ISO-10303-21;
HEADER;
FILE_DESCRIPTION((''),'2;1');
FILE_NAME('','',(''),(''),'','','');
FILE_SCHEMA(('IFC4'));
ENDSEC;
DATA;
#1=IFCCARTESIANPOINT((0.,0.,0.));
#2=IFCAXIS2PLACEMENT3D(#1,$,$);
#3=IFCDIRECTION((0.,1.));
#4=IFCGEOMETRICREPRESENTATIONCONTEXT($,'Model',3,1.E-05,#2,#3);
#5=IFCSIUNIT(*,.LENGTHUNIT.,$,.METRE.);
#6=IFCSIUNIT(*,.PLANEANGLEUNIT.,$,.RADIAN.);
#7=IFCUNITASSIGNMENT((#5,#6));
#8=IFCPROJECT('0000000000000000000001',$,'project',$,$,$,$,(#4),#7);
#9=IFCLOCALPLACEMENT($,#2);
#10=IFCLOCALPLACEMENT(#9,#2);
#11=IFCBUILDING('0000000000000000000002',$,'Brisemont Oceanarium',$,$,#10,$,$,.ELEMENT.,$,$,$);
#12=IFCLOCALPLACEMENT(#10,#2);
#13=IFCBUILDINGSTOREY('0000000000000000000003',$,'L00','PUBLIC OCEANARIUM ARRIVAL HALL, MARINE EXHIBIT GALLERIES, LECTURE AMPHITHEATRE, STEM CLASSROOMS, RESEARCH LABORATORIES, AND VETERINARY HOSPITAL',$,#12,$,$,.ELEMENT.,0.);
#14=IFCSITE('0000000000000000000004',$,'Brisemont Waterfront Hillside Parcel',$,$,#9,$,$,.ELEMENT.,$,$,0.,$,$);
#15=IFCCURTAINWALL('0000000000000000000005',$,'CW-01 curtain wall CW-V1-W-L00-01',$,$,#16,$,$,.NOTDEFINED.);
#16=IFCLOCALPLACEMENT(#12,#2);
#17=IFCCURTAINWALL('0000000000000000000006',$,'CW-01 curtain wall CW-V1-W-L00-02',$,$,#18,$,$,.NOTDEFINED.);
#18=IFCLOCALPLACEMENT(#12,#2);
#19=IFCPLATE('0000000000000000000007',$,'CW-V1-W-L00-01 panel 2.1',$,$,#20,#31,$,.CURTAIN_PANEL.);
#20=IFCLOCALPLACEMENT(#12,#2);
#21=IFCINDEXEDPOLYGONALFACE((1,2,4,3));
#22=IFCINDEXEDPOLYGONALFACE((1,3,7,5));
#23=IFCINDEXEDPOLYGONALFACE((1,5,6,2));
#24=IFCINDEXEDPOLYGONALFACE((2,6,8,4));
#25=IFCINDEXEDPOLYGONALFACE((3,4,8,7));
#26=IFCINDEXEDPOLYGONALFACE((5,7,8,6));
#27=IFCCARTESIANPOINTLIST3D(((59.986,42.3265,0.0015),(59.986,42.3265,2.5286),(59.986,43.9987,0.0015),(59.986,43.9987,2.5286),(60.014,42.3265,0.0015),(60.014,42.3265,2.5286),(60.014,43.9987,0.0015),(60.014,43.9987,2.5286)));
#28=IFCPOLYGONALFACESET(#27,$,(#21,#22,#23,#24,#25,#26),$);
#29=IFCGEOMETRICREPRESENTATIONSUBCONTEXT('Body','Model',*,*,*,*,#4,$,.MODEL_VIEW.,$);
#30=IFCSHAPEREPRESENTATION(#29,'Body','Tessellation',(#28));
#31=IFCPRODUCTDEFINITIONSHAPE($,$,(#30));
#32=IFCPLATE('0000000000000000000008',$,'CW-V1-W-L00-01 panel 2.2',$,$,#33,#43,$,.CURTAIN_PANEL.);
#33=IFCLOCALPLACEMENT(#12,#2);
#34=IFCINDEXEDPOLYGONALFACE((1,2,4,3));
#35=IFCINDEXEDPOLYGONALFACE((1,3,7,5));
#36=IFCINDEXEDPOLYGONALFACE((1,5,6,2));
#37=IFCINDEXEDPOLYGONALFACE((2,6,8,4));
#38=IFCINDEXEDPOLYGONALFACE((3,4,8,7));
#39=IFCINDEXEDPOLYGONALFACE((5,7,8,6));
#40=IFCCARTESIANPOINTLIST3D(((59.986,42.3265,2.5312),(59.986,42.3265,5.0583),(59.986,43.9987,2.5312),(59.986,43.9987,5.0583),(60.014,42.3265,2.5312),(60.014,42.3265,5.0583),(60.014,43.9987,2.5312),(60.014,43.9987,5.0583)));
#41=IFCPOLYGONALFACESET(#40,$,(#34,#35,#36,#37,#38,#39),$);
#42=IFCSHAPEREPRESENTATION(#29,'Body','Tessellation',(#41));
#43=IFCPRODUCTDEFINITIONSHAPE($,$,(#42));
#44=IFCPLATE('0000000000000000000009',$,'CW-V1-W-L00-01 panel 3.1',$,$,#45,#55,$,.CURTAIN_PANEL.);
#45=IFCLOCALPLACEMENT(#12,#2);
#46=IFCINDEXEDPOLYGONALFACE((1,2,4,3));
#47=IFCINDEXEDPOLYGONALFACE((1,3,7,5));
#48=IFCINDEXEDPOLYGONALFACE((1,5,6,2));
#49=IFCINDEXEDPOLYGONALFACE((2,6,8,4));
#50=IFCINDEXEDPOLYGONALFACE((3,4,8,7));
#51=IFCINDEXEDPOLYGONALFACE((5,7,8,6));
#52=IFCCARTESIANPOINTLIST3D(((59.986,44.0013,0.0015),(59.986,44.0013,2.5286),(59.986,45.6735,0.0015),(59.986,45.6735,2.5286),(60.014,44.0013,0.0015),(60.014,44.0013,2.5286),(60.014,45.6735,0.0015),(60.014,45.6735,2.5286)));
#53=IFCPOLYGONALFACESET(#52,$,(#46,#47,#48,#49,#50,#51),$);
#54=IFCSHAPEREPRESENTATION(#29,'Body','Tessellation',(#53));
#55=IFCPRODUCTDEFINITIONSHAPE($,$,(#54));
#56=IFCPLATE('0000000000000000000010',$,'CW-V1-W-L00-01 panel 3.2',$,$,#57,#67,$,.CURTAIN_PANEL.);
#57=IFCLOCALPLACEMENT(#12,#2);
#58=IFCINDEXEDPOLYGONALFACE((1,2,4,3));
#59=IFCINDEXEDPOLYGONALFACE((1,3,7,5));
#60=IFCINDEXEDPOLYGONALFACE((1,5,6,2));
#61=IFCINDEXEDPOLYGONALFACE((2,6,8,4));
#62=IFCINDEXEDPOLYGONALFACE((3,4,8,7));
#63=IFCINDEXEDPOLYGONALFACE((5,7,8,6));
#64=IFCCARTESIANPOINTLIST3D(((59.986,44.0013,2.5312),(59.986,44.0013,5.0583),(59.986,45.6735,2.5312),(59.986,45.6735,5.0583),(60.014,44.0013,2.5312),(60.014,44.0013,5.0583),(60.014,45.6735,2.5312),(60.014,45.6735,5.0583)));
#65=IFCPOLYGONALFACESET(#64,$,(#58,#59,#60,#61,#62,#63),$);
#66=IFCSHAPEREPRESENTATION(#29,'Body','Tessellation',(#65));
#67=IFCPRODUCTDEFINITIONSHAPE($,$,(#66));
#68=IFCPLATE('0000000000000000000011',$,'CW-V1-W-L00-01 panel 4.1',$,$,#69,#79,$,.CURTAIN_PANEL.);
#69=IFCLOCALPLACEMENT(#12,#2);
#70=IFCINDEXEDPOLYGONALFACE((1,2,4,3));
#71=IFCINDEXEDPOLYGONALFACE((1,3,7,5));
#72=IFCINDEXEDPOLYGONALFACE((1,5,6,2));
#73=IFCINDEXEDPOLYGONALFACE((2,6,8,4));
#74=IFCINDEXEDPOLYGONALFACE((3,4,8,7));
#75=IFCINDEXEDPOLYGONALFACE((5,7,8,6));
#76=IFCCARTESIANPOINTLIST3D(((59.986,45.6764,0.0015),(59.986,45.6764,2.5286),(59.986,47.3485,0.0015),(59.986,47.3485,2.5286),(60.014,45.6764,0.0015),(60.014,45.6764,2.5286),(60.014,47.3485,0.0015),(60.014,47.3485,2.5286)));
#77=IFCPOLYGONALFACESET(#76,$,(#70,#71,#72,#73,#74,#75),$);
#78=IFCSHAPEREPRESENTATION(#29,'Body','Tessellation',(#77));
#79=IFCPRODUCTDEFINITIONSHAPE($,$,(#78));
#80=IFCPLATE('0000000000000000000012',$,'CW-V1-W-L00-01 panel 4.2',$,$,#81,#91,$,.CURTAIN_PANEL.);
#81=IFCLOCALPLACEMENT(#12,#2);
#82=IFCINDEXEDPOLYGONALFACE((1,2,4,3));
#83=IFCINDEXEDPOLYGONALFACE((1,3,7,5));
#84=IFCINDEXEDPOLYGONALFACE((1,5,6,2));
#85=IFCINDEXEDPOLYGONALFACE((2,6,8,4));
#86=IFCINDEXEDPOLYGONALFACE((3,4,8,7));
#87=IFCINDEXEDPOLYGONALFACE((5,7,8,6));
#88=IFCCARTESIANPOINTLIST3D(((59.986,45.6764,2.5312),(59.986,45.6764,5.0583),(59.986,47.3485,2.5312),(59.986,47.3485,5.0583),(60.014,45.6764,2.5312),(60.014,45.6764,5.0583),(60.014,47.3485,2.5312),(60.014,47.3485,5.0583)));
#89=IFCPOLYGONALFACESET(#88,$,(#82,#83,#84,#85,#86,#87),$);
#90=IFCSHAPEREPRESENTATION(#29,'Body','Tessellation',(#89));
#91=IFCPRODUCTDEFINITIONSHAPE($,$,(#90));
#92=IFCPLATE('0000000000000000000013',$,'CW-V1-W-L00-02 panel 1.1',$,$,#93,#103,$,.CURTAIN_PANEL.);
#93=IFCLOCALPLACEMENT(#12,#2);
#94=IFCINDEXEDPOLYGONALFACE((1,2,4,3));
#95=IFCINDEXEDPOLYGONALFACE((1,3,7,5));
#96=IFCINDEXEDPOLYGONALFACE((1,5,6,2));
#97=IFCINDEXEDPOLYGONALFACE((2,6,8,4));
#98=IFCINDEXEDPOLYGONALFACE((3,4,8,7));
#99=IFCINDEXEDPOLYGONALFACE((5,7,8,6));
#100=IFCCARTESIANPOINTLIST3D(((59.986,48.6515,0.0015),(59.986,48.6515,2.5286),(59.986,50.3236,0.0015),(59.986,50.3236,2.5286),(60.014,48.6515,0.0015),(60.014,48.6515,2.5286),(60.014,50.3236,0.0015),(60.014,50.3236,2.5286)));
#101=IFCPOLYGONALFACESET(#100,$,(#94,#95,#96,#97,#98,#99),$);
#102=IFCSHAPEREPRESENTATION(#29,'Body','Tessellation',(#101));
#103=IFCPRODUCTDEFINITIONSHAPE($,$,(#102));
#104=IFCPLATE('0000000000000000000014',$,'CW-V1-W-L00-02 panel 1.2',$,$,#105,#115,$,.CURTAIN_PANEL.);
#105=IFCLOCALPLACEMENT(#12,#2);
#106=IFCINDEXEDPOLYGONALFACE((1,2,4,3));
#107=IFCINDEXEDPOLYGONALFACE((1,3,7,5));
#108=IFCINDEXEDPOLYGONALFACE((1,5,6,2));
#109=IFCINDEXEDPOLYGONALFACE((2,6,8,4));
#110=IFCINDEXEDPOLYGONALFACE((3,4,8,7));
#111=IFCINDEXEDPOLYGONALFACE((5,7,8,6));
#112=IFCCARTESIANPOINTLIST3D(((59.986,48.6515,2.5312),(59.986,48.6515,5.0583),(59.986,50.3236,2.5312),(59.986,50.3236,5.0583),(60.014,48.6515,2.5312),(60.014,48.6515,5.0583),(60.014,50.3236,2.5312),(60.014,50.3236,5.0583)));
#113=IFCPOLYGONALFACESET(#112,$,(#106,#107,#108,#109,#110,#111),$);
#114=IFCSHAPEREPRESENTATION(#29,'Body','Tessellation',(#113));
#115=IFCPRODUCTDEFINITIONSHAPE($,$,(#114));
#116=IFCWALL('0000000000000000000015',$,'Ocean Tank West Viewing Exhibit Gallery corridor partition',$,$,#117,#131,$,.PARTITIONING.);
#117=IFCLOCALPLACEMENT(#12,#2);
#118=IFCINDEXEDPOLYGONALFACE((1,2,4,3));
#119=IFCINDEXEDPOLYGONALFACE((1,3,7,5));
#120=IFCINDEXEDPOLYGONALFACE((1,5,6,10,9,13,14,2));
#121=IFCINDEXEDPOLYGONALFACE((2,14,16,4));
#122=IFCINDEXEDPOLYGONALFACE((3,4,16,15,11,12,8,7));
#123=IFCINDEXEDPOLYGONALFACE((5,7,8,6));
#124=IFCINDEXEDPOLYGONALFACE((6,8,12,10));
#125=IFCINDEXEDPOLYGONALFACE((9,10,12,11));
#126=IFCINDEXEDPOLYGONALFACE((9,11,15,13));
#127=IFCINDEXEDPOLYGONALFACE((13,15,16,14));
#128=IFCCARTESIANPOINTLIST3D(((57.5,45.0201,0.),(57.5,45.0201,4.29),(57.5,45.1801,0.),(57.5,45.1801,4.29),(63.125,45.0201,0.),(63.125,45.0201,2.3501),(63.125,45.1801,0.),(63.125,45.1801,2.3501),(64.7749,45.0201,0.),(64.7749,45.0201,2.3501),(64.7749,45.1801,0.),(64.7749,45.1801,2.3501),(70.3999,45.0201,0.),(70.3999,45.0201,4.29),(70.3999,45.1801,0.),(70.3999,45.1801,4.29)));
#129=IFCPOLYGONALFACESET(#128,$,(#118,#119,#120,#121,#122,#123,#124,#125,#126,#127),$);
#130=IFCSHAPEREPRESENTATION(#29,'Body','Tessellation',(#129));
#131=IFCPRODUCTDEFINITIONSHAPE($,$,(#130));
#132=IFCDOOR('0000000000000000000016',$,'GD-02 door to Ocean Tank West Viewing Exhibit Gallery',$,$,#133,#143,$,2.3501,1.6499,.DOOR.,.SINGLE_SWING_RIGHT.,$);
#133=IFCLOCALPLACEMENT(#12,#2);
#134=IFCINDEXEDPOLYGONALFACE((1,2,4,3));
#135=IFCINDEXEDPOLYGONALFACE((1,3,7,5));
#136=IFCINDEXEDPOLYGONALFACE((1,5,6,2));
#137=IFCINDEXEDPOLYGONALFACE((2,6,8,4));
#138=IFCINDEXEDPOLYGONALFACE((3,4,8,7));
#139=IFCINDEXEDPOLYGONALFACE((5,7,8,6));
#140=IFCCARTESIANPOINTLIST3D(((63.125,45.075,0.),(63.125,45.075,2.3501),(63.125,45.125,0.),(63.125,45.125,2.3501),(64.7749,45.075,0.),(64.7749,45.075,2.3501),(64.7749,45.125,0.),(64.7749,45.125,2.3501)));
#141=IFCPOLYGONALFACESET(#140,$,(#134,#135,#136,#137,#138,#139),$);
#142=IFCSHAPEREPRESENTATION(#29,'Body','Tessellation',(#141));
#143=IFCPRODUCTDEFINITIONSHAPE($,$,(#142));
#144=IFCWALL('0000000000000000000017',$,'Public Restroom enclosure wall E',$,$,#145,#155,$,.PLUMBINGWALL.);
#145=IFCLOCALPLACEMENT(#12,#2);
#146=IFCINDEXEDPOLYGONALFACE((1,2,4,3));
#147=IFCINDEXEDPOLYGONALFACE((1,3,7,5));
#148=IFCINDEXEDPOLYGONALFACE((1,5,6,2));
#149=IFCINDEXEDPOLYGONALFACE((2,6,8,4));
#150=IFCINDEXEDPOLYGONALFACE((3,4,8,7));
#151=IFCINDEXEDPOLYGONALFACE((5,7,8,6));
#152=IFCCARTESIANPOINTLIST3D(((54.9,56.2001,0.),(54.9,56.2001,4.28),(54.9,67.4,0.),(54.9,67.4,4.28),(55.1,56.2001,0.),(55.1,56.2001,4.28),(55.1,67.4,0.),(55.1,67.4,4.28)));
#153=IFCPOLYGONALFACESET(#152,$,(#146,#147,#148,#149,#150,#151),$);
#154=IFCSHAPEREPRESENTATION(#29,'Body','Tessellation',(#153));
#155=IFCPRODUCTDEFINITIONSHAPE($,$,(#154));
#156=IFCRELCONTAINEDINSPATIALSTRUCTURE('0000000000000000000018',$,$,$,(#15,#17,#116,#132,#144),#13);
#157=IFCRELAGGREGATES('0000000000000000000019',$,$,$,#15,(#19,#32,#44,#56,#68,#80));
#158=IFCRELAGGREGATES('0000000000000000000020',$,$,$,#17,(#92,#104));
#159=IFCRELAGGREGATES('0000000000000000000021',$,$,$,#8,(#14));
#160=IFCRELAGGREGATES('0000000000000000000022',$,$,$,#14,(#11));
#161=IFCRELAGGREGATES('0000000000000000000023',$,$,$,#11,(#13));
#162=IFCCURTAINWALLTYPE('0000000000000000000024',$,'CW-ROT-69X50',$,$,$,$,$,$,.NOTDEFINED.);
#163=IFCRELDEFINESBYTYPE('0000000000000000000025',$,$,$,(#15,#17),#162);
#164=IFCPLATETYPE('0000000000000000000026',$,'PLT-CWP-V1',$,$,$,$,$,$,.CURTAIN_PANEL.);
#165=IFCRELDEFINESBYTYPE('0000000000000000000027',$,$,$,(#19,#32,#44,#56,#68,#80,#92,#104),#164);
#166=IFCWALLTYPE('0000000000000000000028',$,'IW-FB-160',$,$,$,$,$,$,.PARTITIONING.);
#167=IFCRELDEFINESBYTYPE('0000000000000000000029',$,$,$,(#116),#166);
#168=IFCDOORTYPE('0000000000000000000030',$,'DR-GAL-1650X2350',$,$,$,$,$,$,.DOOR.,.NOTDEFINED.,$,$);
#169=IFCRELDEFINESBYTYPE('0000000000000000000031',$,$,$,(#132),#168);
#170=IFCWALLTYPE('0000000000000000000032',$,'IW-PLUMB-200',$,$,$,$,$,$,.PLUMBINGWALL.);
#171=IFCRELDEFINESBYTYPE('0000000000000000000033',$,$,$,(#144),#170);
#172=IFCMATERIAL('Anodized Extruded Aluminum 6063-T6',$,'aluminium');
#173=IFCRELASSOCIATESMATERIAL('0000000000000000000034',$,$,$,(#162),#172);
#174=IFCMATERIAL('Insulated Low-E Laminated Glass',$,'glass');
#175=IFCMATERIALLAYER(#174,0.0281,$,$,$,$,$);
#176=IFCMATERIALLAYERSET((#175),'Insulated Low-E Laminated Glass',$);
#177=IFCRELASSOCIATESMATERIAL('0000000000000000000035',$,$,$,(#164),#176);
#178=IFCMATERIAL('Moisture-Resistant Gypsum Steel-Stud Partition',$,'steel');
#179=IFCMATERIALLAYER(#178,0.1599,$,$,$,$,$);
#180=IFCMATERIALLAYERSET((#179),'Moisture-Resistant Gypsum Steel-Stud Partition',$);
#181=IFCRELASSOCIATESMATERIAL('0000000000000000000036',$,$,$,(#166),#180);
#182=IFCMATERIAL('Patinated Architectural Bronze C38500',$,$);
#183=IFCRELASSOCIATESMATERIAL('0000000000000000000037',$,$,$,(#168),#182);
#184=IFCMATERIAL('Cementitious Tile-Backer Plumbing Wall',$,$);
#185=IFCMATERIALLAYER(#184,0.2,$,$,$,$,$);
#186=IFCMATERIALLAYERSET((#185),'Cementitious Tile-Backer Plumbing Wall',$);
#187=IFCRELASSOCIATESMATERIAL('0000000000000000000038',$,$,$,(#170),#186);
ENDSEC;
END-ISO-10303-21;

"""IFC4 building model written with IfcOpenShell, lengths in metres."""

from ifc_helpers import new_model, si_unit, direction, frame, frame_2d, origin, origin_2d, place, context, subcontext, project, spatial, rectangle, extrude, material, layer, layer_set, type_object, element, fill, aggregate, save


model = new_model("IFC4")

# Units and contexts
model_context = context("Model", 3, precision=1e-05, world=origin(), true_north=direction((0.0, 1.0)))
body_context = subcontext(model_context, "Body", "Model", "MODEL_VIEW")
ifc_project = project(units=[si_unit("LENGTHUNIT", "METRE"), si_unit("PLANEANGLEUNIT", "RADIAN")], contexts=[model_context])

# Site, building, storey
site_placement = place(None, origin())
site = spatial("IfcSite", under=ifc_project, at=site_placement, Name="Brisemont Waterfront Hillside Parcel", CompositionType="ELEMENT", RefElevation=0.0)
building_placement = place(site_placement, origin())
building = spatial("IfcBuilding", under=site, at=building_placement, Name="Brisemont Oceanarium", CompositionType="ELEMENT")
storey_placement = place(building_placement, origin())
storey = spatial("IfcBuildingStorey", under=building, at=storey_placement, Name="L00", Description="PUBLIC OCEANARIUM ARRIVAL HALL, MARINE EXHIBIT GALLERIES, LECTURE AMPHITHEATRE, STEM CLASSROOMS, RESEARCH LABORATORIES, AND VETERINARY HOSPITAL", CompositionType="ELEMENT", Elevation=0.0)

# Curtain walls
ifc_material_1 = material(Name="Anodized Extruded Aluminum 6063-T6", Category="aluminium")
curtain_wall_type = type_object("IfcCurtainWallType", Name="CW-ROT-69X50", PredefinedType="NOTDEFINED", material=ifc_material_1)
curtain_wall_1_placement = place(storey_placement, origin())
curtain_wall_1 = element("IfcCurtainWall", 1, at=curtain_wall_1_placement, inside=storey, type_object=curtain_wall_type, Name="CW-01 curtain wall CW-V1-W-L00-01", PredefinedType="NOTDEFINED")
curtain_wall_2_placement = place(storey_placement, origin())
curtain_wall_2 = element("IfcCurtainWall", 2, at=curtain_wall_2_placement, inside=storey, type_object=curtain_wall_type, Name="CW-01 curtain wall CW-V1-W-L00-02", PredefinedType="NOTDEFINED")

# Plates
ifc_material_2 = material(Name="Insulated Low-E Laminated Glass", Category="glass")
ifc_layer_1 = layer(ifc_material_2, 0.0281)
ifc_layer_set_1 = layer_set([ifc_layer_1], Name="Insulated Low-E Laminated Glass")
plate_type = type_object("IfcPlateType", Name="PLT-CWP-V1", PredefinedType="CURTAIN_PANEL", material=ifc_layer_set_1)
plate_1_placement = place(storey_placement, frame((60.0, 43.1626, 0.0015), z_axis=(0.0, 0.0, 1.0), x_axis=(0.0, 1.0, 0.0)))
plate_1 = element("IfcPlate", 3, at=plate_1_placement, type_object=plate_type, Name="CW-V1-W-L00-01 panel 2.1", PredefinedType="CURTAIN_PANEL", context=body_context, shape_type="SweptSolid", body=[
    extrude(rectangle(XDim=1.6721, YDim=0.0281, at=origin_2d()), origin(), (0.0, 0.0, 1.0), 2.5271),
])
plate_2_placement = place(storey_placement, frame((60.0, 43.1626, 2.5312), z_axis=(0.0, 0.0, 1.0), x_axis=(0.0, 1.0, 0.0)))
plate_2 = element("IfcPlate", 4, at=plate_2_placement, type_object=plate_type, Name="CW-V1-W-L00-01 panel 2.2", PredefinedType="CURTAIN_PANEL", context=body_context, shape_type="SweptSolid", body=[
    extrude(rectangle(XDim=1.6721, YDim=0.0281, at=origin_2d()), origin(), (0.0, 0.0, 1.0), 2.5271),
])
plate_3_placement = place(storey_placement, frame((60.0, 44.8374, 0.0015), z_axis=(0.0, 0.0, 1.0), x_axis=(0.0, 1.0, 0.0)))
plate_3 = element("IfcPlate", 5, at=plate_3_placement, type_object=plate_type, Name="CW-V1-W-L00-01 panel 3.1", PredefinedType="CURTAIN_PANEL", context=body_context, shape_type="SweptSolid", body=[
    extrude(rectangle(XDim=1.6721, YDim=0.0281, at=origin_2d()), origin(), (0.0, 0.0, 1.0), 2.5271),
])
plate_4_placement = place(storey_placement, frame((60.0, 44.8374, 2.5312), z_axis=(0.0, 0.0, 1.0), x_axis=(0.0, 1.0, 0.0)))
plate_4 = element("IfcPlate", 6, at=plate_4_placement, type_object=plate_type, Name="CW-V1-W-L00-01 panel 3.2", PredefinedType="CURTAIN_PANEL", context=body_context, shape_type="SweptSolid", body=[
    extrude(rectangle(XDim=1.6721, YDim=0.0281, at=origin_2d()), origin(), (0.0, 0.0, 1.0), 2.5271),
])
plate_5_placement = place(storey_placement, frame((60.0, 46.5125, 0.0015), z_axis=(0.0, 0.0, 1.0), x_axis=(0.0, 1.0, 0.0)))
plate_5 = element("IfcPlate", 7, at=plate_5_placement, type_object=plate_type, Name="CW-V1-W-L00-01 panel 4.1", PredefinedType="CURTAIN_PANEL", context=body_context, shape_type="SweptSolid", body=[
    extrude(rectangle(XDim=1.6721, YDim=0.0281, at=origin_2d()), origin(), (0.0, 0.0, 1.0), 2.5271),
])
plate_6_placement = place(storey_placement, frame((60.0, 46.5125, 2.5312), z_axis=(0.0, 0.0, 1.0), x_axis=(0.0, 1.0, 0.0)))
plate_6 = element("IfcPlate", 8, at=plate_6_placement, type_object=plate_type, Name="CW-V1-W-L00-01 panel 4.2", PredefinedType="CURTAIN_PANEL", context=body_context, shape_type="SweptSolid", body=[
    extrude(rectangle(XDim=1.6721, YDim=0.0281, at=origin_2d()), origin(), (0.0, 0.0, 1.0), 2.5271),
])
aggregate(curtain_wall_1, [plate_1, plate_2, plate_3, plate_4, plate_5, plate_6])
plate_7_placement = place(storey_placement, frame((60.0, 49.4875, 0.0015), z_axis=(0.0, 0.0, 1.0), x_axis=(0.0, 1.0, 0.0)))
plate_7 = element("IfcPlate", 9, at=plate_7_placement, type_object=plate_type, Name="CW-V1-W-L00-02 panel 1.1", PredefinedType="CURTAIN_PANEL", context=body_context, shape_type="SweptSolid", body=[
    extrude(rectangle(XDim=1.6721, YDim=0.0281, at=origin_2d()), origin(), (0.0, 0.0, 1.0), 2.5271),
])
plate_8_placement = place(storey_placement, frame((60.0, 49.4875, 2.5312), z_axis=(0.0, 0.0, 1.0), x_axis=(0.0, 1.0, 0.0)))
plate_8 = element("IfcPlate", 10, at=plate_8_placement, type_object=plate_type, Name="CW-V1-W-L00-02 panel 1.2", PredefinedType="CURTAIN_PANEL", context=body_context, shape_type="SweptSolid", body=[
    extrude(rectangle(XDim=1.6721, YDim=0.0281, at=origin_2d()), origin(), (0.0, 0.0, 1.0), 2.5271),
])
aggregate(curtain_wall_2, [plate_7, plate_8])

# Wall, opening, door
ifc_material_3 = material(Name="Moisture-Resistant Gypsum Steel-Stud Partition", Category="steel")
ifc_layer_2 = layer(ifc_material_3, 0.1599)
ifc_layer_set_2 = layer_set([ifc_layer_2], Name="Moisture-Resistant Gypsum Steel-Stud Partition")
wall_type_1 = type_object("IfcWallType", Name="IW-FB-160", PredefinedType="PARTITIONING", material=ifc_layer_set_2)
wall_1_placement = place(storey_placement, frame((57.5, 45.1001, 0.0), z_axis=(0.0, 0.0, 1.0), x_axis=(1.0, 0.0, 0.0)))
wall_1 = element("IfcWall", 11, at=wall_1_placement, inside=storey, type_object=wall_type_1, Name="Ocean Tank West Viewing Exhibit Gallery corridor partition", PredefinedType="PARTITIONING", context=body_context, shape_type="SweptSolid", body=[
    extrude(rectangle(XDim=12.8999, YDim=0.1599, at=frame_2d((6.45, 0.0))), origin(), (0.0, 0.0, 1.0), 4.29),
])
opening_placement = place(wall_1_placement, frame((5.625, 0.0, 0.0)))
opening = element("IfcOpeningElement", 12, at=opening_placement, cuts=wall_1, PredefinedType="OPENING", context=body_context, shape_type="SweptSolid", body=[
    extrude(rectangle(XDim=1.6499, YDim=2.3501, at=frame_2d((0.825, 1.175))), frame((0.0, 0.0898, 0.0), z_axis=(0.0, -1.0, 0.0), x_axis=(1.0, 0.0, 0.0)), (0.0, 0.0, 1.0), 0.1799),
])
ifc_material_4 = material(Name="Patinated Architectural Bronze C38500")
door_type = type_object("IfcDoorType", Name="DR-GAL-1650X2350", OperationType="NOTDEFINED", PredefinedType="DOOR", material=ifc_material_4)
door_placement = place(opening_placement, origin())
door = element("IfcDoor", 13, at=door_placement, inside=storey, type_object=door_type, Name="GD-02 door to Ocean Tank West Viewing Exhibit Gallery", OperationType="SINGLE_SWING_RIGHT", OverallHeight=2.3501, OverallWidth=1.6499, PredefinedType="DOOR", context=body_context, shape_type="SweptSolid", body=[
    extrude(rectangle(XDim=1.6499, YDim=2.3501, at=frame_2d((0.825, 1.175))), frame((0.0, 0.0249, 0.0), z_axis=(0.0, -1.0, 0.0), x_axis=(1.0, 0.0, 0.0)), (0.0, 0.0, 1.0), 0.05),
])
fill(opening, door)

# Wall
ifc_material_5 = material(Name="Cementitious Tile-Backer Plumbing Wall")
ifc_layer_3 = layer(ifc_material_5, 0.2)
ifc_layer_set_3 = layer_set([ifc_layer_3], Name="Cementitious Tile-Backer Plumbing Wall")
wall_type_2 = type_object("IfcWallType", Name="IW-PLUMB-200", PredefinedType="PLUMBINGWALL", material=ifc_layer_set_3)
wall_2_placement = place(storey_placement, frame((55.0, 56.2, 0.0), z_axis=(0.0, 0.0, 1.0), x_axis=(0.0, 1.0, 0.0)))
element("IfcWall", 14, at=wall_2_placement, inside=storey, type_object=wall_type_2, Name="Public Restroom enclosure wall E", PredefinedType="PLUMBINGWALL", context=body_context, shape_type="SweptSolid", body=[
    extrude(rectangle(XDim=11.2, YDim=0.2, at=frame_2d((5.6001, 0.0))), origin(), (0.0, 0.0, 1.0), 4.28),
])

save(model, "model.ifc")
